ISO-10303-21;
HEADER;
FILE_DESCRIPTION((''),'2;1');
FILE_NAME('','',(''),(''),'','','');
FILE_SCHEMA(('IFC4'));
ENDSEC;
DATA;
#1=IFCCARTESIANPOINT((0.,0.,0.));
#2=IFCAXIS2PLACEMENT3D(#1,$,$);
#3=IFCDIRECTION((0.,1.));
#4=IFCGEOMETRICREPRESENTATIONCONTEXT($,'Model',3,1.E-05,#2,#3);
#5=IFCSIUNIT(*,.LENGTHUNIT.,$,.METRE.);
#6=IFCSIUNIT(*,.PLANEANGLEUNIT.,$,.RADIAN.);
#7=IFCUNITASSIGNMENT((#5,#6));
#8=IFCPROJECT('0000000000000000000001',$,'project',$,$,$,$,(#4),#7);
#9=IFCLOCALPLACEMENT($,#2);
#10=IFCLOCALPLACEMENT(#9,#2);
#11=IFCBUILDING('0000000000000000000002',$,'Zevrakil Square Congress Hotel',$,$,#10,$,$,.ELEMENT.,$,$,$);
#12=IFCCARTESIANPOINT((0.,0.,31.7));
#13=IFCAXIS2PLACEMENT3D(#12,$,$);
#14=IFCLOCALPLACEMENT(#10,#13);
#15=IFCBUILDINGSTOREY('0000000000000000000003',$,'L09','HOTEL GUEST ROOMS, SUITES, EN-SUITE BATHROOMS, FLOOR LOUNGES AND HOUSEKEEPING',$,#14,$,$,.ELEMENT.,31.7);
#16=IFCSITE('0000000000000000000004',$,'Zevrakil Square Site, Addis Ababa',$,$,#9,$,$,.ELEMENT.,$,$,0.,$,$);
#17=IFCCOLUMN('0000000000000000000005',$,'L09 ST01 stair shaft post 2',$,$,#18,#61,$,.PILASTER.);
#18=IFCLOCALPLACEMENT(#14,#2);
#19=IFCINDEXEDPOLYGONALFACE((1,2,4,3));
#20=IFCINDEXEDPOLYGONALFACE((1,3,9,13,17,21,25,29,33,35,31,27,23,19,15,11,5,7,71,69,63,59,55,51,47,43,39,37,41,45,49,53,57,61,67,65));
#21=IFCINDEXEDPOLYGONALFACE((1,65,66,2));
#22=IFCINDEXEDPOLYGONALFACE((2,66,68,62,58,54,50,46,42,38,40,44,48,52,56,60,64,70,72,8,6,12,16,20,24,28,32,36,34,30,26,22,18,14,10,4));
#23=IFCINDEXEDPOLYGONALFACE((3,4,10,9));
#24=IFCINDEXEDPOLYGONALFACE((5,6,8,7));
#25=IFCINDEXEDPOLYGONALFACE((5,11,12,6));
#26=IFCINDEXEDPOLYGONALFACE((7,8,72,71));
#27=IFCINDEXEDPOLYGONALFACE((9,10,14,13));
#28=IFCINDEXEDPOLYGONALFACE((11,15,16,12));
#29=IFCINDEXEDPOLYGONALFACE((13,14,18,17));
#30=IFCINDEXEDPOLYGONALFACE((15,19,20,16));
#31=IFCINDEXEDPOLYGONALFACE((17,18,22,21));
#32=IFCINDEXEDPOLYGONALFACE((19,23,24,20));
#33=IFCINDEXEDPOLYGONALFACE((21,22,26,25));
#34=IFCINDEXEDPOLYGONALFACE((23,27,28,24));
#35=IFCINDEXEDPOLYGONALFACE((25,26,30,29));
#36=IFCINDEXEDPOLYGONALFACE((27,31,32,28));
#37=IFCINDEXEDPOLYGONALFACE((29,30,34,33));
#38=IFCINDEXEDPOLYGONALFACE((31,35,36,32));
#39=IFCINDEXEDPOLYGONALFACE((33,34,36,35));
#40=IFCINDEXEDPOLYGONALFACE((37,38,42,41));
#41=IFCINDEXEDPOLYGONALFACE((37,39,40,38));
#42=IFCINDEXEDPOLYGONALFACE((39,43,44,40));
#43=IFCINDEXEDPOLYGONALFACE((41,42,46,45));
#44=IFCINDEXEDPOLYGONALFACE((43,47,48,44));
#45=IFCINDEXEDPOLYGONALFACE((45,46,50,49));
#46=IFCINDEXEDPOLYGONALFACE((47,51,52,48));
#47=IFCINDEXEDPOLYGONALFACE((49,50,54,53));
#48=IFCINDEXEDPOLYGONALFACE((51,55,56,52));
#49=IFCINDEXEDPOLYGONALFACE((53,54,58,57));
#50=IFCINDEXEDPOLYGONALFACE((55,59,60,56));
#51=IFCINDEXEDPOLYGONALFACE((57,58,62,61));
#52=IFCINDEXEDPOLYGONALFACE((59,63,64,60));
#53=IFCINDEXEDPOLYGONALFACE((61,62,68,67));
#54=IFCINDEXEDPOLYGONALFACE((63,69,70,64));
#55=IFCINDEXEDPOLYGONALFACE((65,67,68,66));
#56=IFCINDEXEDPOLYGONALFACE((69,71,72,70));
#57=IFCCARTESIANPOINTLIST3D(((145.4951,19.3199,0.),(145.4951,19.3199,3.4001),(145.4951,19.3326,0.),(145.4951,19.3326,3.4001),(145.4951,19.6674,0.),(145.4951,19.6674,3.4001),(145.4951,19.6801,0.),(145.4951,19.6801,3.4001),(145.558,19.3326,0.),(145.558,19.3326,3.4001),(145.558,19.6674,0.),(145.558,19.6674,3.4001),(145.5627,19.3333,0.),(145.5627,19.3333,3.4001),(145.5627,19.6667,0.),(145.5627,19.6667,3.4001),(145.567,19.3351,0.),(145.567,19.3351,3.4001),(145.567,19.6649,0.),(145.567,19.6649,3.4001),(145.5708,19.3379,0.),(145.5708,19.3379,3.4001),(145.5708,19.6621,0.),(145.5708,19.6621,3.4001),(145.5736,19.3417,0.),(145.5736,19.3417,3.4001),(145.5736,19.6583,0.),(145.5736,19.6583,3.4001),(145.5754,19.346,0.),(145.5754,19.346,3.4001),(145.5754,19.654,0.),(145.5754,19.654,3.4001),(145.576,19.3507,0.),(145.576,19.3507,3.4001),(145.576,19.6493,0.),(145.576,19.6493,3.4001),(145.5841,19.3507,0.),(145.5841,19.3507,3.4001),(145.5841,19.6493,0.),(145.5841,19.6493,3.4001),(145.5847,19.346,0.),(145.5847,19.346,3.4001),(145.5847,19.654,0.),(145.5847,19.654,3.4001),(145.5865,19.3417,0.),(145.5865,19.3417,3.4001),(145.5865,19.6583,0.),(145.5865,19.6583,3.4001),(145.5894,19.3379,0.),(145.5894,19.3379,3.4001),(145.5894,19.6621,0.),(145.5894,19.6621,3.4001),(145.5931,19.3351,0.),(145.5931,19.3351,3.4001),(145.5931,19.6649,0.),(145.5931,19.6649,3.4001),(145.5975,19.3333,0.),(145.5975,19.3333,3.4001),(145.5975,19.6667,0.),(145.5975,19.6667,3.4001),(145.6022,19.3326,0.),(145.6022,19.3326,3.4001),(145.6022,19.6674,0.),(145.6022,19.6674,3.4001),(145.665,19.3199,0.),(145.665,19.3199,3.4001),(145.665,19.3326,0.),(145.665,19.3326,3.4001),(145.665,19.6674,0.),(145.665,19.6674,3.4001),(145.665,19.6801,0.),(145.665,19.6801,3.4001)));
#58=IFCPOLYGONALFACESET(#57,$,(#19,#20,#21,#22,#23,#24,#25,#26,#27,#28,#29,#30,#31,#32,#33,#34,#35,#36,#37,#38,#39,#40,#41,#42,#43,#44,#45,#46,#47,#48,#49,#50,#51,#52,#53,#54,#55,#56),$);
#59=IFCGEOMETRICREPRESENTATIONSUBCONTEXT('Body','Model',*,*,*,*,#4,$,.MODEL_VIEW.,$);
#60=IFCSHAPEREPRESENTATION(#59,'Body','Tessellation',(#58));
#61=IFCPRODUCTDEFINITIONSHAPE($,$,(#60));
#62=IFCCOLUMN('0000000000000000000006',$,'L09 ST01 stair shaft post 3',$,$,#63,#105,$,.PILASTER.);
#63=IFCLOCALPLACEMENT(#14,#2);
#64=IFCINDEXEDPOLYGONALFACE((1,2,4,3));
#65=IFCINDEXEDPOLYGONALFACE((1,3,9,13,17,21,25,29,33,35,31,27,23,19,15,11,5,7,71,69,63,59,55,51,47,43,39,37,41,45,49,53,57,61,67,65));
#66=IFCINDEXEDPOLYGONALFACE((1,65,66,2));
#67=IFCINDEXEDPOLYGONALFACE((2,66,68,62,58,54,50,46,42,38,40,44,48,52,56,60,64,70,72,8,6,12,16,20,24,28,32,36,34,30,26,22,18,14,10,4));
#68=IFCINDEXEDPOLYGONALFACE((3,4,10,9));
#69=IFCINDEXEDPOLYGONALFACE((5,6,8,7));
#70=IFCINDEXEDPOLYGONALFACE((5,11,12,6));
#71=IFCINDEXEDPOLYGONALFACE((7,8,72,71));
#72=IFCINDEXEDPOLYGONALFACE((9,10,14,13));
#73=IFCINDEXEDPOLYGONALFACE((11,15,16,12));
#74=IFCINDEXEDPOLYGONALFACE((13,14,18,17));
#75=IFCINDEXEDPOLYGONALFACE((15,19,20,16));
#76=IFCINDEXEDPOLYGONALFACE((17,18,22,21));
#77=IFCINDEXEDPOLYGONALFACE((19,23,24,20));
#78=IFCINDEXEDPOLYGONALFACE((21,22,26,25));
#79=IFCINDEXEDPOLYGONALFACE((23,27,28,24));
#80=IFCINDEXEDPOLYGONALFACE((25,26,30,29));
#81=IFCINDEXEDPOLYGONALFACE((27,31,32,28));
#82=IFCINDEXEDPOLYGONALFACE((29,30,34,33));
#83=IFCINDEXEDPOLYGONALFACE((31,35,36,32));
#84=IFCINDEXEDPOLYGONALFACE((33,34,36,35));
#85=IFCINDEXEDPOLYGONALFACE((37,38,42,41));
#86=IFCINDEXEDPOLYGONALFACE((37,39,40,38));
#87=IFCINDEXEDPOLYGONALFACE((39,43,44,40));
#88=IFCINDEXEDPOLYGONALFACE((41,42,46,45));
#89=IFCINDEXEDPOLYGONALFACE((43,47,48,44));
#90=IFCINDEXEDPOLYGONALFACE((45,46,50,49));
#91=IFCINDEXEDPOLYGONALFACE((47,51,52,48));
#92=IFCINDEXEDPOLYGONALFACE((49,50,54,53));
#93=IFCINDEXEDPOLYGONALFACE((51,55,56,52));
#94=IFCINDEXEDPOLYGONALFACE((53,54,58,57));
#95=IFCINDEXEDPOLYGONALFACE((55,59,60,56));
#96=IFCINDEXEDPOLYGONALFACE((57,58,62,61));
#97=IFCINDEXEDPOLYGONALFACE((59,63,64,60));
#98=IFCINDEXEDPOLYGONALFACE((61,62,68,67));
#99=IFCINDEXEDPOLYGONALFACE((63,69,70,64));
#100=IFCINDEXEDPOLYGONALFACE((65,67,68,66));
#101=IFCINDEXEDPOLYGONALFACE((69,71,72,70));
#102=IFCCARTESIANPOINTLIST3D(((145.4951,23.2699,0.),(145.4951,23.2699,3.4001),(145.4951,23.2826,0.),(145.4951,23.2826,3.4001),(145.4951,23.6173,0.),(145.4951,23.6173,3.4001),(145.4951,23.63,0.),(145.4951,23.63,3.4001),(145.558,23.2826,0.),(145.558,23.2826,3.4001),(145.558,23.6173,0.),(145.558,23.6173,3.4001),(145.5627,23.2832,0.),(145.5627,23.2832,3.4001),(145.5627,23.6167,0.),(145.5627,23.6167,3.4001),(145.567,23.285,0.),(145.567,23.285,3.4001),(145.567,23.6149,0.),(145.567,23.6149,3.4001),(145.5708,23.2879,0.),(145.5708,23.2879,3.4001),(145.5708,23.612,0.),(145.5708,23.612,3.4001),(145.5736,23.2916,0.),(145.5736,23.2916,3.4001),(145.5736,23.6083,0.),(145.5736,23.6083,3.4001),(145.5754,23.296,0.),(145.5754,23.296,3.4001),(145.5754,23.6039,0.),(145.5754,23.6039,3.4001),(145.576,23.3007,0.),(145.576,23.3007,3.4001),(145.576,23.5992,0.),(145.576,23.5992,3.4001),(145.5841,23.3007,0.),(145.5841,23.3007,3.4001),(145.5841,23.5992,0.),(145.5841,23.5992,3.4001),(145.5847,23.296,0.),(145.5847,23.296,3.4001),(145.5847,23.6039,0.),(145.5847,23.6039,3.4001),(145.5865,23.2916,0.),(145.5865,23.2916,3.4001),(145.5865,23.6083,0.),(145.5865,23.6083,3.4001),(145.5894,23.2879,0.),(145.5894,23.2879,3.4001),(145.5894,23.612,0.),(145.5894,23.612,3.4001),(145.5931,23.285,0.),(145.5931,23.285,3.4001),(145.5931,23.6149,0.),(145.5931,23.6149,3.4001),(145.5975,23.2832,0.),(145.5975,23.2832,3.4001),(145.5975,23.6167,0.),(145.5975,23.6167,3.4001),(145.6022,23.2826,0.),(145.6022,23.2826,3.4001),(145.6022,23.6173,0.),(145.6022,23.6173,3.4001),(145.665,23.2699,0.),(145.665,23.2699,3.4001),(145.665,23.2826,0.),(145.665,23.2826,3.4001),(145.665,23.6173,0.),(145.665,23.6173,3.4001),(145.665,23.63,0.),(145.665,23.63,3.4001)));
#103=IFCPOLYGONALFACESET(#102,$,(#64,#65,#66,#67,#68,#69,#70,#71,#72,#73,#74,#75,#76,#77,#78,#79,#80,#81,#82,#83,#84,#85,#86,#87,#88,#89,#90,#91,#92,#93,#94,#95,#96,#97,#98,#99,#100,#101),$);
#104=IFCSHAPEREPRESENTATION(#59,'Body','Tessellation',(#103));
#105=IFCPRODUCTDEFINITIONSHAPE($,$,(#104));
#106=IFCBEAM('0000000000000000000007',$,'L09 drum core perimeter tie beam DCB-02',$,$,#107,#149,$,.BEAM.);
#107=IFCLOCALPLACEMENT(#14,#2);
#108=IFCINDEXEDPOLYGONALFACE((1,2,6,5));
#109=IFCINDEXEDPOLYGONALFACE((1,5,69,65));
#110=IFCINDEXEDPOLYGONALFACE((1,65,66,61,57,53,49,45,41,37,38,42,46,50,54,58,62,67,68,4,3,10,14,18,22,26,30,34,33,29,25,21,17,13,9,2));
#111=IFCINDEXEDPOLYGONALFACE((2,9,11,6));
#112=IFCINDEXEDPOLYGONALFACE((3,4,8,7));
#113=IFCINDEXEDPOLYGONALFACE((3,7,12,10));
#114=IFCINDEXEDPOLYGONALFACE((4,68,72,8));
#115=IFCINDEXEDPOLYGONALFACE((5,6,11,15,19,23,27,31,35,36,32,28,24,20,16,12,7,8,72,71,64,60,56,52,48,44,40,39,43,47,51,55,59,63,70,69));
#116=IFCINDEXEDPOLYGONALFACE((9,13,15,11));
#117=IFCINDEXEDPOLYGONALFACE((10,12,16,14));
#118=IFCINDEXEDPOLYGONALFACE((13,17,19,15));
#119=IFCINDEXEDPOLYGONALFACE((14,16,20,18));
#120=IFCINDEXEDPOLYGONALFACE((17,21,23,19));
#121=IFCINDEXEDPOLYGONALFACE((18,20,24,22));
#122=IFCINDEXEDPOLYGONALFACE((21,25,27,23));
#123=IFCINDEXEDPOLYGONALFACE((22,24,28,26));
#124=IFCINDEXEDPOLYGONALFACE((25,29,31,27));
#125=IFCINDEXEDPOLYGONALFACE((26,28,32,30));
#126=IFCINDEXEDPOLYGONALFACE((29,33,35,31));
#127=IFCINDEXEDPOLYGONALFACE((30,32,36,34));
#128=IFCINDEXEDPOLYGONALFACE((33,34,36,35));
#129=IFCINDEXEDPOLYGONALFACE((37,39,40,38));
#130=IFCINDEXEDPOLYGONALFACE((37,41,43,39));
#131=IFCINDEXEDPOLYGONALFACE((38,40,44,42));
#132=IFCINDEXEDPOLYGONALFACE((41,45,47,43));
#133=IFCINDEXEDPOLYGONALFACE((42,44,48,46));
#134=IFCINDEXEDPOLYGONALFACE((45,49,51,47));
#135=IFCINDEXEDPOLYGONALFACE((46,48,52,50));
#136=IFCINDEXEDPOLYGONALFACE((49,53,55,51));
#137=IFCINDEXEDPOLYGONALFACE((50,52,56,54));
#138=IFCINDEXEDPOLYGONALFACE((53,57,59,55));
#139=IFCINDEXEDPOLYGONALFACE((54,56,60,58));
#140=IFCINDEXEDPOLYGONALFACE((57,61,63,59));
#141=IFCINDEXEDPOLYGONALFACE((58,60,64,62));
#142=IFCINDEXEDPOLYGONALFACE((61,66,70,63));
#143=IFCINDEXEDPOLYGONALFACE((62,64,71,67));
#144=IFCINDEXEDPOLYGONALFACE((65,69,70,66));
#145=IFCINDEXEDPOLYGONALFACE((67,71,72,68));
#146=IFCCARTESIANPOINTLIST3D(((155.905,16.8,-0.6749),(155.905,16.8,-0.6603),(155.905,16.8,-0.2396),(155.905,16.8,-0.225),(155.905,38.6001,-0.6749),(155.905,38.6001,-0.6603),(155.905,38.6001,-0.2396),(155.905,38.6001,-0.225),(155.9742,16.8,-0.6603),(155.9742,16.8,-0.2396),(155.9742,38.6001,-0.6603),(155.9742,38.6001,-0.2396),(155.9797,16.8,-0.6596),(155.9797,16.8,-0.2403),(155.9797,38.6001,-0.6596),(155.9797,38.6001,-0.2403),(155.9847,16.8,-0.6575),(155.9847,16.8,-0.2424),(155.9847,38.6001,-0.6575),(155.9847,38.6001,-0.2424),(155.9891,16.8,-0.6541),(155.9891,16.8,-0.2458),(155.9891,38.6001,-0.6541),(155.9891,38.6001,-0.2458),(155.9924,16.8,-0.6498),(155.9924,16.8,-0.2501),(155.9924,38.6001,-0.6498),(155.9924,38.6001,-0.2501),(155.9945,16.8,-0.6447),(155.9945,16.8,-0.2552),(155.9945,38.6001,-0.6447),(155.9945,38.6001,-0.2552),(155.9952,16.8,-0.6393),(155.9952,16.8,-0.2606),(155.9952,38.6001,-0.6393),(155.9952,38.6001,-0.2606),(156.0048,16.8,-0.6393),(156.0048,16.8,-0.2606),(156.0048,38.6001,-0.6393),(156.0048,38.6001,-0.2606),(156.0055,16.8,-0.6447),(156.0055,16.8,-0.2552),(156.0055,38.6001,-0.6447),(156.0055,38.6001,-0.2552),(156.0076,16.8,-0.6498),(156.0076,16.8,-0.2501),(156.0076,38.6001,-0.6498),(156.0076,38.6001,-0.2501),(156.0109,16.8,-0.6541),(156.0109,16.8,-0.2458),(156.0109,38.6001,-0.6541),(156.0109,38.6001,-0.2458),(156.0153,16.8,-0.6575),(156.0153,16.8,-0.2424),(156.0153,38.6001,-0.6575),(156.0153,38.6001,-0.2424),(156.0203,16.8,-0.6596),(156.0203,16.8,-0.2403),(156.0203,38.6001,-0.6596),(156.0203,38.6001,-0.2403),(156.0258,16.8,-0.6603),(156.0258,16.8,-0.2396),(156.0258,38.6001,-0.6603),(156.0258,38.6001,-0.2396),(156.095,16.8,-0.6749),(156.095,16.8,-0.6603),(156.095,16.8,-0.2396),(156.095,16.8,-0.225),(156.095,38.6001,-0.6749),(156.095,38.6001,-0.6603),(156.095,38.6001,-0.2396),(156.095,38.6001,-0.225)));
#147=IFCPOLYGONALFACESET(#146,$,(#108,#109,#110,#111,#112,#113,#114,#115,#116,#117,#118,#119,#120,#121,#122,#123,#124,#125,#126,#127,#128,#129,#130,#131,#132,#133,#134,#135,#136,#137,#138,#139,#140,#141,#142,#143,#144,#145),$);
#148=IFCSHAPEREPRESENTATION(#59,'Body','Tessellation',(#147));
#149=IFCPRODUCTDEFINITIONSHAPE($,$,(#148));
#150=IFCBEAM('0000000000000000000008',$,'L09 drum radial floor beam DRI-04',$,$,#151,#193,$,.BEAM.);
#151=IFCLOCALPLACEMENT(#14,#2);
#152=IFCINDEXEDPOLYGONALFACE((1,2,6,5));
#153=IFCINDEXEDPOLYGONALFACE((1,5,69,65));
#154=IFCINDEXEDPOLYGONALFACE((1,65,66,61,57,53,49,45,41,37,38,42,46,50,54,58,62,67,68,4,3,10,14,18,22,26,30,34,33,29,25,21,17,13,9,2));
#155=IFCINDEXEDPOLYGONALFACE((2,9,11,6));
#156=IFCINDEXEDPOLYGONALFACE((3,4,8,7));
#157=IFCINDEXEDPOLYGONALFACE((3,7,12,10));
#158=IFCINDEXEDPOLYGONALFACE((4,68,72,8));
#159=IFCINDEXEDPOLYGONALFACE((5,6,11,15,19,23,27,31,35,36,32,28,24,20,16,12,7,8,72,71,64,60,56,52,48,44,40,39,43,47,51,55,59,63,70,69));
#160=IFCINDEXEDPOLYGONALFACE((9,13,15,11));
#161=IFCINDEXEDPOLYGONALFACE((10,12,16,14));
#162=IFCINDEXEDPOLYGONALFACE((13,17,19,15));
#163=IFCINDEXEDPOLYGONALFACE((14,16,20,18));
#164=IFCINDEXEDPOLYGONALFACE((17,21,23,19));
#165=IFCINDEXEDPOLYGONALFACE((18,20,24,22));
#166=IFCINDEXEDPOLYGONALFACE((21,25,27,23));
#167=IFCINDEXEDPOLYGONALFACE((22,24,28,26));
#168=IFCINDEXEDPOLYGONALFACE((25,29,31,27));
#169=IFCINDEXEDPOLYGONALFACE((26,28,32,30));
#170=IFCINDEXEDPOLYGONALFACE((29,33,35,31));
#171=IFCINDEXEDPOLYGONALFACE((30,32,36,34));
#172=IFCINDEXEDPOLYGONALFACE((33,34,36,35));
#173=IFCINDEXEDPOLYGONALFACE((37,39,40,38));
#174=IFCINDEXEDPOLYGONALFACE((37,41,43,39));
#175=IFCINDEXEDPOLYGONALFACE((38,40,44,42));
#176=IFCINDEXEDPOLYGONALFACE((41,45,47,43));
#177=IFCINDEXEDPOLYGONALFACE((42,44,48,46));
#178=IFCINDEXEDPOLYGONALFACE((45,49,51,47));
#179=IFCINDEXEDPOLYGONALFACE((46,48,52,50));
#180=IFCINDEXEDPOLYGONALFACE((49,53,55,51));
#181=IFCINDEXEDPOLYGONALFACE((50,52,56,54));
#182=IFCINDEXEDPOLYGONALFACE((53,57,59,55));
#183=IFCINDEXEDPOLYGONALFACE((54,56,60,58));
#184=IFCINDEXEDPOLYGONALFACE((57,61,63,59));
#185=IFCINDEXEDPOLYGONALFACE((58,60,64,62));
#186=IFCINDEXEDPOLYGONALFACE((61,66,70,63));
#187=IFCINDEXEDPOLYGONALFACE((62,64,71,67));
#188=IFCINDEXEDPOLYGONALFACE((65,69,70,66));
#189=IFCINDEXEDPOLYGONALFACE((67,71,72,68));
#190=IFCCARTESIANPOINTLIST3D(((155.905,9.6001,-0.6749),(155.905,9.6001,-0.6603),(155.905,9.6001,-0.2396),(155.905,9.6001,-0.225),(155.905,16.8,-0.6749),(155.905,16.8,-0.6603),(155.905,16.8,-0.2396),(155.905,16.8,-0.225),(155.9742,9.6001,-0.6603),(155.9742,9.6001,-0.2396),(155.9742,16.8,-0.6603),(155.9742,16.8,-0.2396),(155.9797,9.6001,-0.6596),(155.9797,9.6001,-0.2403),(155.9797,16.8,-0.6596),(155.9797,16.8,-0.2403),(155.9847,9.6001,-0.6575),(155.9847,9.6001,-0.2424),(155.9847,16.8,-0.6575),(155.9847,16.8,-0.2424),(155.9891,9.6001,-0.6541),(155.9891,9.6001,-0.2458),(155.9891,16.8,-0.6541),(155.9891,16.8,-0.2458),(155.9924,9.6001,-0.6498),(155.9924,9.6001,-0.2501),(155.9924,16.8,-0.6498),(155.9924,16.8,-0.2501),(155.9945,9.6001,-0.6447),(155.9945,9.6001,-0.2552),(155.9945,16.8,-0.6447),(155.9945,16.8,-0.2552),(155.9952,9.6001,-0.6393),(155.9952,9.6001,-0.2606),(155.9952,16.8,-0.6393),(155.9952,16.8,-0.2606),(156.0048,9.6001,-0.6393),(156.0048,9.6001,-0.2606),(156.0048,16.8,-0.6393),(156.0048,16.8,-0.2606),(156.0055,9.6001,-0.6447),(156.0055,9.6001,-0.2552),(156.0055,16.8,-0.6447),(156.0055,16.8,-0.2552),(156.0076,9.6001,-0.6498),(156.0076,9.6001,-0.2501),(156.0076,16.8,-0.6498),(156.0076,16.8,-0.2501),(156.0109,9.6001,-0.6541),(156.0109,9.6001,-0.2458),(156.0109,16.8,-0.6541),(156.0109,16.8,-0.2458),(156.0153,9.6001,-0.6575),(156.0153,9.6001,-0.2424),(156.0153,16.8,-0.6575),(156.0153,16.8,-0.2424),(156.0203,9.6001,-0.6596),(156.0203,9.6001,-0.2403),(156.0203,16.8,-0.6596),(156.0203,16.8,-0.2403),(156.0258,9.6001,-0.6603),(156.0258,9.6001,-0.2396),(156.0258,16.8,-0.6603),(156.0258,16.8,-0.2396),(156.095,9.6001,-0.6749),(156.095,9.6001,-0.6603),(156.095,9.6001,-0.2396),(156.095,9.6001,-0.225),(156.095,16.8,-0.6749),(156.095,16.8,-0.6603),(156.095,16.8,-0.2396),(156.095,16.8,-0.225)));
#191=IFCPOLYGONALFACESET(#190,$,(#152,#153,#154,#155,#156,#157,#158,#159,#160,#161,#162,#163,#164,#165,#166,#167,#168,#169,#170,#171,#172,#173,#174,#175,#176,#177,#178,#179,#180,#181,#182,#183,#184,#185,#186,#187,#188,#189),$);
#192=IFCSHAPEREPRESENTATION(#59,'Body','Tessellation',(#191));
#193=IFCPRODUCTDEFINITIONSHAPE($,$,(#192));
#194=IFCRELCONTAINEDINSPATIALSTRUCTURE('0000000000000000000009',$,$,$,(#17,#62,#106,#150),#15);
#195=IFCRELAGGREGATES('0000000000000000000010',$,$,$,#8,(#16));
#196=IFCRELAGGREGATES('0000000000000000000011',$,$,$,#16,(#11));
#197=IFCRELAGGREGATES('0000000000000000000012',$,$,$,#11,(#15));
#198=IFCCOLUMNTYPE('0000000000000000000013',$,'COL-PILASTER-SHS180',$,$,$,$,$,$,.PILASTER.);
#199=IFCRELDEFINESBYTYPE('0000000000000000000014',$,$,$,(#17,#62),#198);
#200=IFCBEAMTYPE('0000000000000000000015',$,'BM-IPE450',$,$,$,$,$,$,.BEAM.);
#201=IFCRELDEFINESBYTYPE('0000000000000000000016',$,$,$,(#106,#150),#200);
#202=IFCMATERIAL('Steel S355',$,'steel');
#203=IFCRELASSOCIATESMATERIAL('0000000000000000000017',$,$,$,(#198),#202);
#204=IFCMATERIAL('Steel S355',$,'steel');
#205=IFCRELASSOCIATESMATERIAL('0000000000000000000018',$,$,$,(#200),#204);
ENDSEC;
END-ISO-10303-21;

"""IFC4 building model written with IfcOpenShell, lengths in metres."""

from ifc_helpers import new_model, si_unit, direction, frame, origin, origin_2d, place, context, subcontext, project, spatial, i_section, extrude, material, material_profile, profile_set, type_object, element, save


model = new_model("IFC4")

# Units and contexts
model_context = context("Model", 3, precision=1e-05, world=origin(), true_north=direction((0.0, 1.0)))
body_context = subcontext(model_context, "Body", "Model", "MODEL_VIEW")
ifc_project = project(units=[si_unit("LENGTHUNIT", "METRE"), si_unit("PLANEANGLEUNIT", "RADIAN")], contexts=[model_context])

# Site, building, storey
site_placement = place(None, origin())
site = spatial("IfcSite", under=ifc_project, at=site_placement, Name="Zevrakil Square Site, Addis Ababa", CompositionType="ELEMENT", RefElevation=0.0)
building_placement = place(site_placement, origin())
building = spatial("IfcBuilding", under=site, at=building_placement, Name="Zevrakil Square Congress Hotel", CompositionType="ELEMENT")
storey_placement = place(building_placement, frame((0.0, 0.0, 31.7)))
storey = spatial("IfcBuildingStorey", under=building, at=storey_placement, Name="L09", Description="HOTEL GUEST ROOMS, SUITES, EN-SUITE BATHROOMS, FLOOR LOUNGES AND HOUSEKEEPING", CompositionType="ELEMENT", Elevation=31.7)

# Columns
ifc_material_1 = material(Name="Steel S355", Category="steel")
ifc_material_profile_1 = material_profile(ifc_material_1, i_section(OverallWidth=0.1699, OverallDepth=0.3601, WebThickness=0.0081, FlangeThickness=0.0127, FilletRadius=0.0181, at=origin_2d()), Name="IPE 360")
ifc_profile_set_1 = profile_set([ifc_material_profile_1], Name="Steel S355")
column_type = type_object("IfcColumnType", Name="COL-PILASTER-SHS180", PredefinedType="PILASTER", material=ifc_profile_set_1)
for number, where, z_axis, x_axis, name in (
    (1, (145.5801, 19.5, 0.0), (0.0, 0.0, 1.0), (1.0, 0.0, 0.0), "L09 ST01 stair shaft post 2"),
    (2, (145.5801, 23.45, 0.0), (0.0, 0.0, 1.0), (1.0, 0.0, 0.0), "L09 ST01 stair shaft post 3"),
):
    element("IfcColumn", number, at=place(storey_placement, frame(where, z_axis=z_axis, x_axis=x_axis)), inside=storey, type_object=column_type, Name=name, PredefinedType="PILASTER", context=body_context, shape_type="SweptSolid", body=[
        extrude(i_section(OverallWidth=0.1699, OverallDepth=0.3601, WebThickness=0.0081, FlangeThickness=0.0127, FilletRadius=0.0181, at=origin_2d()), origin(), (0.0, 0.0, 1.0), 3.4001),
    ])

# Beams
ifc_material_2 = material(Name="Steel S355", Category="steel")
ifc_material_profile_2 = material_profile(ifc_material_2, i_section(OverallWidth=0.1899, OverallDepth=0.45, WebThickness=0.0095, FlangeThickness=0.0146, FilletRadius=0.021, at=origin_2d()), Name="IPE 450")
ifc_profile_set_2 = profile_set([ifc_material_profile_2], Name="Steel S355")
beam_type = type_object("IfcBeamType", Name="BM-IPE450", PredefinedType="BEAM", material=ifc_profile_set_2)
beam_placement = place(storey_placement, frame((156.0, 16.8, -0.45), z_axis=(0.0, 1.0, 0.0), x_axis=(-1.0, 0.0, 0.0)))
element("IfcBeam", 3, at=beam_placement, inside=storey, type_object=beam_type, Name="L09 drum core perimeter tie beam DCB-02", PredefinedType="BEAM", context=body_context, shape_type="SweptSolid", body=[
    extrude(i_section(OverallWidth=0.1899, OverallDepth=0.45, WebThickness=0.0095, FlangeThickness=0.0146, FilletRadius=0.021, at=origin_2d()), origin(), (0.0, 0.0, 1.0), 21.8),
])
for number, where, z_axis, x_axis, name in (
    (4, (156.0, 16.8, -0.45), (0.0, -1.0, 0.0), (1.0, 0.0, 0.0), "L09 drum radial floor beam DRI-04"),
):
    element("IfcBeam", number, at=place(storey_placement, frame(where, z_axis=z_axis, x_axis=x_axis)), inside=storey, type_object=beam_type, Name=name, PredefinedType="BEAM", context=body_context, shape_type="SweptSolid", body=[
        extrude(i_section(OverallWidth=0.1899, OverallDepth=0.45, WebThickness=0.0095, FlangeThickness=0.0146, FilletRadius=0.021, at=origin_2d()), origin(), (0.0, 0.0, 1.0), 7.2),
    ])

save(model, "model.ifc")
